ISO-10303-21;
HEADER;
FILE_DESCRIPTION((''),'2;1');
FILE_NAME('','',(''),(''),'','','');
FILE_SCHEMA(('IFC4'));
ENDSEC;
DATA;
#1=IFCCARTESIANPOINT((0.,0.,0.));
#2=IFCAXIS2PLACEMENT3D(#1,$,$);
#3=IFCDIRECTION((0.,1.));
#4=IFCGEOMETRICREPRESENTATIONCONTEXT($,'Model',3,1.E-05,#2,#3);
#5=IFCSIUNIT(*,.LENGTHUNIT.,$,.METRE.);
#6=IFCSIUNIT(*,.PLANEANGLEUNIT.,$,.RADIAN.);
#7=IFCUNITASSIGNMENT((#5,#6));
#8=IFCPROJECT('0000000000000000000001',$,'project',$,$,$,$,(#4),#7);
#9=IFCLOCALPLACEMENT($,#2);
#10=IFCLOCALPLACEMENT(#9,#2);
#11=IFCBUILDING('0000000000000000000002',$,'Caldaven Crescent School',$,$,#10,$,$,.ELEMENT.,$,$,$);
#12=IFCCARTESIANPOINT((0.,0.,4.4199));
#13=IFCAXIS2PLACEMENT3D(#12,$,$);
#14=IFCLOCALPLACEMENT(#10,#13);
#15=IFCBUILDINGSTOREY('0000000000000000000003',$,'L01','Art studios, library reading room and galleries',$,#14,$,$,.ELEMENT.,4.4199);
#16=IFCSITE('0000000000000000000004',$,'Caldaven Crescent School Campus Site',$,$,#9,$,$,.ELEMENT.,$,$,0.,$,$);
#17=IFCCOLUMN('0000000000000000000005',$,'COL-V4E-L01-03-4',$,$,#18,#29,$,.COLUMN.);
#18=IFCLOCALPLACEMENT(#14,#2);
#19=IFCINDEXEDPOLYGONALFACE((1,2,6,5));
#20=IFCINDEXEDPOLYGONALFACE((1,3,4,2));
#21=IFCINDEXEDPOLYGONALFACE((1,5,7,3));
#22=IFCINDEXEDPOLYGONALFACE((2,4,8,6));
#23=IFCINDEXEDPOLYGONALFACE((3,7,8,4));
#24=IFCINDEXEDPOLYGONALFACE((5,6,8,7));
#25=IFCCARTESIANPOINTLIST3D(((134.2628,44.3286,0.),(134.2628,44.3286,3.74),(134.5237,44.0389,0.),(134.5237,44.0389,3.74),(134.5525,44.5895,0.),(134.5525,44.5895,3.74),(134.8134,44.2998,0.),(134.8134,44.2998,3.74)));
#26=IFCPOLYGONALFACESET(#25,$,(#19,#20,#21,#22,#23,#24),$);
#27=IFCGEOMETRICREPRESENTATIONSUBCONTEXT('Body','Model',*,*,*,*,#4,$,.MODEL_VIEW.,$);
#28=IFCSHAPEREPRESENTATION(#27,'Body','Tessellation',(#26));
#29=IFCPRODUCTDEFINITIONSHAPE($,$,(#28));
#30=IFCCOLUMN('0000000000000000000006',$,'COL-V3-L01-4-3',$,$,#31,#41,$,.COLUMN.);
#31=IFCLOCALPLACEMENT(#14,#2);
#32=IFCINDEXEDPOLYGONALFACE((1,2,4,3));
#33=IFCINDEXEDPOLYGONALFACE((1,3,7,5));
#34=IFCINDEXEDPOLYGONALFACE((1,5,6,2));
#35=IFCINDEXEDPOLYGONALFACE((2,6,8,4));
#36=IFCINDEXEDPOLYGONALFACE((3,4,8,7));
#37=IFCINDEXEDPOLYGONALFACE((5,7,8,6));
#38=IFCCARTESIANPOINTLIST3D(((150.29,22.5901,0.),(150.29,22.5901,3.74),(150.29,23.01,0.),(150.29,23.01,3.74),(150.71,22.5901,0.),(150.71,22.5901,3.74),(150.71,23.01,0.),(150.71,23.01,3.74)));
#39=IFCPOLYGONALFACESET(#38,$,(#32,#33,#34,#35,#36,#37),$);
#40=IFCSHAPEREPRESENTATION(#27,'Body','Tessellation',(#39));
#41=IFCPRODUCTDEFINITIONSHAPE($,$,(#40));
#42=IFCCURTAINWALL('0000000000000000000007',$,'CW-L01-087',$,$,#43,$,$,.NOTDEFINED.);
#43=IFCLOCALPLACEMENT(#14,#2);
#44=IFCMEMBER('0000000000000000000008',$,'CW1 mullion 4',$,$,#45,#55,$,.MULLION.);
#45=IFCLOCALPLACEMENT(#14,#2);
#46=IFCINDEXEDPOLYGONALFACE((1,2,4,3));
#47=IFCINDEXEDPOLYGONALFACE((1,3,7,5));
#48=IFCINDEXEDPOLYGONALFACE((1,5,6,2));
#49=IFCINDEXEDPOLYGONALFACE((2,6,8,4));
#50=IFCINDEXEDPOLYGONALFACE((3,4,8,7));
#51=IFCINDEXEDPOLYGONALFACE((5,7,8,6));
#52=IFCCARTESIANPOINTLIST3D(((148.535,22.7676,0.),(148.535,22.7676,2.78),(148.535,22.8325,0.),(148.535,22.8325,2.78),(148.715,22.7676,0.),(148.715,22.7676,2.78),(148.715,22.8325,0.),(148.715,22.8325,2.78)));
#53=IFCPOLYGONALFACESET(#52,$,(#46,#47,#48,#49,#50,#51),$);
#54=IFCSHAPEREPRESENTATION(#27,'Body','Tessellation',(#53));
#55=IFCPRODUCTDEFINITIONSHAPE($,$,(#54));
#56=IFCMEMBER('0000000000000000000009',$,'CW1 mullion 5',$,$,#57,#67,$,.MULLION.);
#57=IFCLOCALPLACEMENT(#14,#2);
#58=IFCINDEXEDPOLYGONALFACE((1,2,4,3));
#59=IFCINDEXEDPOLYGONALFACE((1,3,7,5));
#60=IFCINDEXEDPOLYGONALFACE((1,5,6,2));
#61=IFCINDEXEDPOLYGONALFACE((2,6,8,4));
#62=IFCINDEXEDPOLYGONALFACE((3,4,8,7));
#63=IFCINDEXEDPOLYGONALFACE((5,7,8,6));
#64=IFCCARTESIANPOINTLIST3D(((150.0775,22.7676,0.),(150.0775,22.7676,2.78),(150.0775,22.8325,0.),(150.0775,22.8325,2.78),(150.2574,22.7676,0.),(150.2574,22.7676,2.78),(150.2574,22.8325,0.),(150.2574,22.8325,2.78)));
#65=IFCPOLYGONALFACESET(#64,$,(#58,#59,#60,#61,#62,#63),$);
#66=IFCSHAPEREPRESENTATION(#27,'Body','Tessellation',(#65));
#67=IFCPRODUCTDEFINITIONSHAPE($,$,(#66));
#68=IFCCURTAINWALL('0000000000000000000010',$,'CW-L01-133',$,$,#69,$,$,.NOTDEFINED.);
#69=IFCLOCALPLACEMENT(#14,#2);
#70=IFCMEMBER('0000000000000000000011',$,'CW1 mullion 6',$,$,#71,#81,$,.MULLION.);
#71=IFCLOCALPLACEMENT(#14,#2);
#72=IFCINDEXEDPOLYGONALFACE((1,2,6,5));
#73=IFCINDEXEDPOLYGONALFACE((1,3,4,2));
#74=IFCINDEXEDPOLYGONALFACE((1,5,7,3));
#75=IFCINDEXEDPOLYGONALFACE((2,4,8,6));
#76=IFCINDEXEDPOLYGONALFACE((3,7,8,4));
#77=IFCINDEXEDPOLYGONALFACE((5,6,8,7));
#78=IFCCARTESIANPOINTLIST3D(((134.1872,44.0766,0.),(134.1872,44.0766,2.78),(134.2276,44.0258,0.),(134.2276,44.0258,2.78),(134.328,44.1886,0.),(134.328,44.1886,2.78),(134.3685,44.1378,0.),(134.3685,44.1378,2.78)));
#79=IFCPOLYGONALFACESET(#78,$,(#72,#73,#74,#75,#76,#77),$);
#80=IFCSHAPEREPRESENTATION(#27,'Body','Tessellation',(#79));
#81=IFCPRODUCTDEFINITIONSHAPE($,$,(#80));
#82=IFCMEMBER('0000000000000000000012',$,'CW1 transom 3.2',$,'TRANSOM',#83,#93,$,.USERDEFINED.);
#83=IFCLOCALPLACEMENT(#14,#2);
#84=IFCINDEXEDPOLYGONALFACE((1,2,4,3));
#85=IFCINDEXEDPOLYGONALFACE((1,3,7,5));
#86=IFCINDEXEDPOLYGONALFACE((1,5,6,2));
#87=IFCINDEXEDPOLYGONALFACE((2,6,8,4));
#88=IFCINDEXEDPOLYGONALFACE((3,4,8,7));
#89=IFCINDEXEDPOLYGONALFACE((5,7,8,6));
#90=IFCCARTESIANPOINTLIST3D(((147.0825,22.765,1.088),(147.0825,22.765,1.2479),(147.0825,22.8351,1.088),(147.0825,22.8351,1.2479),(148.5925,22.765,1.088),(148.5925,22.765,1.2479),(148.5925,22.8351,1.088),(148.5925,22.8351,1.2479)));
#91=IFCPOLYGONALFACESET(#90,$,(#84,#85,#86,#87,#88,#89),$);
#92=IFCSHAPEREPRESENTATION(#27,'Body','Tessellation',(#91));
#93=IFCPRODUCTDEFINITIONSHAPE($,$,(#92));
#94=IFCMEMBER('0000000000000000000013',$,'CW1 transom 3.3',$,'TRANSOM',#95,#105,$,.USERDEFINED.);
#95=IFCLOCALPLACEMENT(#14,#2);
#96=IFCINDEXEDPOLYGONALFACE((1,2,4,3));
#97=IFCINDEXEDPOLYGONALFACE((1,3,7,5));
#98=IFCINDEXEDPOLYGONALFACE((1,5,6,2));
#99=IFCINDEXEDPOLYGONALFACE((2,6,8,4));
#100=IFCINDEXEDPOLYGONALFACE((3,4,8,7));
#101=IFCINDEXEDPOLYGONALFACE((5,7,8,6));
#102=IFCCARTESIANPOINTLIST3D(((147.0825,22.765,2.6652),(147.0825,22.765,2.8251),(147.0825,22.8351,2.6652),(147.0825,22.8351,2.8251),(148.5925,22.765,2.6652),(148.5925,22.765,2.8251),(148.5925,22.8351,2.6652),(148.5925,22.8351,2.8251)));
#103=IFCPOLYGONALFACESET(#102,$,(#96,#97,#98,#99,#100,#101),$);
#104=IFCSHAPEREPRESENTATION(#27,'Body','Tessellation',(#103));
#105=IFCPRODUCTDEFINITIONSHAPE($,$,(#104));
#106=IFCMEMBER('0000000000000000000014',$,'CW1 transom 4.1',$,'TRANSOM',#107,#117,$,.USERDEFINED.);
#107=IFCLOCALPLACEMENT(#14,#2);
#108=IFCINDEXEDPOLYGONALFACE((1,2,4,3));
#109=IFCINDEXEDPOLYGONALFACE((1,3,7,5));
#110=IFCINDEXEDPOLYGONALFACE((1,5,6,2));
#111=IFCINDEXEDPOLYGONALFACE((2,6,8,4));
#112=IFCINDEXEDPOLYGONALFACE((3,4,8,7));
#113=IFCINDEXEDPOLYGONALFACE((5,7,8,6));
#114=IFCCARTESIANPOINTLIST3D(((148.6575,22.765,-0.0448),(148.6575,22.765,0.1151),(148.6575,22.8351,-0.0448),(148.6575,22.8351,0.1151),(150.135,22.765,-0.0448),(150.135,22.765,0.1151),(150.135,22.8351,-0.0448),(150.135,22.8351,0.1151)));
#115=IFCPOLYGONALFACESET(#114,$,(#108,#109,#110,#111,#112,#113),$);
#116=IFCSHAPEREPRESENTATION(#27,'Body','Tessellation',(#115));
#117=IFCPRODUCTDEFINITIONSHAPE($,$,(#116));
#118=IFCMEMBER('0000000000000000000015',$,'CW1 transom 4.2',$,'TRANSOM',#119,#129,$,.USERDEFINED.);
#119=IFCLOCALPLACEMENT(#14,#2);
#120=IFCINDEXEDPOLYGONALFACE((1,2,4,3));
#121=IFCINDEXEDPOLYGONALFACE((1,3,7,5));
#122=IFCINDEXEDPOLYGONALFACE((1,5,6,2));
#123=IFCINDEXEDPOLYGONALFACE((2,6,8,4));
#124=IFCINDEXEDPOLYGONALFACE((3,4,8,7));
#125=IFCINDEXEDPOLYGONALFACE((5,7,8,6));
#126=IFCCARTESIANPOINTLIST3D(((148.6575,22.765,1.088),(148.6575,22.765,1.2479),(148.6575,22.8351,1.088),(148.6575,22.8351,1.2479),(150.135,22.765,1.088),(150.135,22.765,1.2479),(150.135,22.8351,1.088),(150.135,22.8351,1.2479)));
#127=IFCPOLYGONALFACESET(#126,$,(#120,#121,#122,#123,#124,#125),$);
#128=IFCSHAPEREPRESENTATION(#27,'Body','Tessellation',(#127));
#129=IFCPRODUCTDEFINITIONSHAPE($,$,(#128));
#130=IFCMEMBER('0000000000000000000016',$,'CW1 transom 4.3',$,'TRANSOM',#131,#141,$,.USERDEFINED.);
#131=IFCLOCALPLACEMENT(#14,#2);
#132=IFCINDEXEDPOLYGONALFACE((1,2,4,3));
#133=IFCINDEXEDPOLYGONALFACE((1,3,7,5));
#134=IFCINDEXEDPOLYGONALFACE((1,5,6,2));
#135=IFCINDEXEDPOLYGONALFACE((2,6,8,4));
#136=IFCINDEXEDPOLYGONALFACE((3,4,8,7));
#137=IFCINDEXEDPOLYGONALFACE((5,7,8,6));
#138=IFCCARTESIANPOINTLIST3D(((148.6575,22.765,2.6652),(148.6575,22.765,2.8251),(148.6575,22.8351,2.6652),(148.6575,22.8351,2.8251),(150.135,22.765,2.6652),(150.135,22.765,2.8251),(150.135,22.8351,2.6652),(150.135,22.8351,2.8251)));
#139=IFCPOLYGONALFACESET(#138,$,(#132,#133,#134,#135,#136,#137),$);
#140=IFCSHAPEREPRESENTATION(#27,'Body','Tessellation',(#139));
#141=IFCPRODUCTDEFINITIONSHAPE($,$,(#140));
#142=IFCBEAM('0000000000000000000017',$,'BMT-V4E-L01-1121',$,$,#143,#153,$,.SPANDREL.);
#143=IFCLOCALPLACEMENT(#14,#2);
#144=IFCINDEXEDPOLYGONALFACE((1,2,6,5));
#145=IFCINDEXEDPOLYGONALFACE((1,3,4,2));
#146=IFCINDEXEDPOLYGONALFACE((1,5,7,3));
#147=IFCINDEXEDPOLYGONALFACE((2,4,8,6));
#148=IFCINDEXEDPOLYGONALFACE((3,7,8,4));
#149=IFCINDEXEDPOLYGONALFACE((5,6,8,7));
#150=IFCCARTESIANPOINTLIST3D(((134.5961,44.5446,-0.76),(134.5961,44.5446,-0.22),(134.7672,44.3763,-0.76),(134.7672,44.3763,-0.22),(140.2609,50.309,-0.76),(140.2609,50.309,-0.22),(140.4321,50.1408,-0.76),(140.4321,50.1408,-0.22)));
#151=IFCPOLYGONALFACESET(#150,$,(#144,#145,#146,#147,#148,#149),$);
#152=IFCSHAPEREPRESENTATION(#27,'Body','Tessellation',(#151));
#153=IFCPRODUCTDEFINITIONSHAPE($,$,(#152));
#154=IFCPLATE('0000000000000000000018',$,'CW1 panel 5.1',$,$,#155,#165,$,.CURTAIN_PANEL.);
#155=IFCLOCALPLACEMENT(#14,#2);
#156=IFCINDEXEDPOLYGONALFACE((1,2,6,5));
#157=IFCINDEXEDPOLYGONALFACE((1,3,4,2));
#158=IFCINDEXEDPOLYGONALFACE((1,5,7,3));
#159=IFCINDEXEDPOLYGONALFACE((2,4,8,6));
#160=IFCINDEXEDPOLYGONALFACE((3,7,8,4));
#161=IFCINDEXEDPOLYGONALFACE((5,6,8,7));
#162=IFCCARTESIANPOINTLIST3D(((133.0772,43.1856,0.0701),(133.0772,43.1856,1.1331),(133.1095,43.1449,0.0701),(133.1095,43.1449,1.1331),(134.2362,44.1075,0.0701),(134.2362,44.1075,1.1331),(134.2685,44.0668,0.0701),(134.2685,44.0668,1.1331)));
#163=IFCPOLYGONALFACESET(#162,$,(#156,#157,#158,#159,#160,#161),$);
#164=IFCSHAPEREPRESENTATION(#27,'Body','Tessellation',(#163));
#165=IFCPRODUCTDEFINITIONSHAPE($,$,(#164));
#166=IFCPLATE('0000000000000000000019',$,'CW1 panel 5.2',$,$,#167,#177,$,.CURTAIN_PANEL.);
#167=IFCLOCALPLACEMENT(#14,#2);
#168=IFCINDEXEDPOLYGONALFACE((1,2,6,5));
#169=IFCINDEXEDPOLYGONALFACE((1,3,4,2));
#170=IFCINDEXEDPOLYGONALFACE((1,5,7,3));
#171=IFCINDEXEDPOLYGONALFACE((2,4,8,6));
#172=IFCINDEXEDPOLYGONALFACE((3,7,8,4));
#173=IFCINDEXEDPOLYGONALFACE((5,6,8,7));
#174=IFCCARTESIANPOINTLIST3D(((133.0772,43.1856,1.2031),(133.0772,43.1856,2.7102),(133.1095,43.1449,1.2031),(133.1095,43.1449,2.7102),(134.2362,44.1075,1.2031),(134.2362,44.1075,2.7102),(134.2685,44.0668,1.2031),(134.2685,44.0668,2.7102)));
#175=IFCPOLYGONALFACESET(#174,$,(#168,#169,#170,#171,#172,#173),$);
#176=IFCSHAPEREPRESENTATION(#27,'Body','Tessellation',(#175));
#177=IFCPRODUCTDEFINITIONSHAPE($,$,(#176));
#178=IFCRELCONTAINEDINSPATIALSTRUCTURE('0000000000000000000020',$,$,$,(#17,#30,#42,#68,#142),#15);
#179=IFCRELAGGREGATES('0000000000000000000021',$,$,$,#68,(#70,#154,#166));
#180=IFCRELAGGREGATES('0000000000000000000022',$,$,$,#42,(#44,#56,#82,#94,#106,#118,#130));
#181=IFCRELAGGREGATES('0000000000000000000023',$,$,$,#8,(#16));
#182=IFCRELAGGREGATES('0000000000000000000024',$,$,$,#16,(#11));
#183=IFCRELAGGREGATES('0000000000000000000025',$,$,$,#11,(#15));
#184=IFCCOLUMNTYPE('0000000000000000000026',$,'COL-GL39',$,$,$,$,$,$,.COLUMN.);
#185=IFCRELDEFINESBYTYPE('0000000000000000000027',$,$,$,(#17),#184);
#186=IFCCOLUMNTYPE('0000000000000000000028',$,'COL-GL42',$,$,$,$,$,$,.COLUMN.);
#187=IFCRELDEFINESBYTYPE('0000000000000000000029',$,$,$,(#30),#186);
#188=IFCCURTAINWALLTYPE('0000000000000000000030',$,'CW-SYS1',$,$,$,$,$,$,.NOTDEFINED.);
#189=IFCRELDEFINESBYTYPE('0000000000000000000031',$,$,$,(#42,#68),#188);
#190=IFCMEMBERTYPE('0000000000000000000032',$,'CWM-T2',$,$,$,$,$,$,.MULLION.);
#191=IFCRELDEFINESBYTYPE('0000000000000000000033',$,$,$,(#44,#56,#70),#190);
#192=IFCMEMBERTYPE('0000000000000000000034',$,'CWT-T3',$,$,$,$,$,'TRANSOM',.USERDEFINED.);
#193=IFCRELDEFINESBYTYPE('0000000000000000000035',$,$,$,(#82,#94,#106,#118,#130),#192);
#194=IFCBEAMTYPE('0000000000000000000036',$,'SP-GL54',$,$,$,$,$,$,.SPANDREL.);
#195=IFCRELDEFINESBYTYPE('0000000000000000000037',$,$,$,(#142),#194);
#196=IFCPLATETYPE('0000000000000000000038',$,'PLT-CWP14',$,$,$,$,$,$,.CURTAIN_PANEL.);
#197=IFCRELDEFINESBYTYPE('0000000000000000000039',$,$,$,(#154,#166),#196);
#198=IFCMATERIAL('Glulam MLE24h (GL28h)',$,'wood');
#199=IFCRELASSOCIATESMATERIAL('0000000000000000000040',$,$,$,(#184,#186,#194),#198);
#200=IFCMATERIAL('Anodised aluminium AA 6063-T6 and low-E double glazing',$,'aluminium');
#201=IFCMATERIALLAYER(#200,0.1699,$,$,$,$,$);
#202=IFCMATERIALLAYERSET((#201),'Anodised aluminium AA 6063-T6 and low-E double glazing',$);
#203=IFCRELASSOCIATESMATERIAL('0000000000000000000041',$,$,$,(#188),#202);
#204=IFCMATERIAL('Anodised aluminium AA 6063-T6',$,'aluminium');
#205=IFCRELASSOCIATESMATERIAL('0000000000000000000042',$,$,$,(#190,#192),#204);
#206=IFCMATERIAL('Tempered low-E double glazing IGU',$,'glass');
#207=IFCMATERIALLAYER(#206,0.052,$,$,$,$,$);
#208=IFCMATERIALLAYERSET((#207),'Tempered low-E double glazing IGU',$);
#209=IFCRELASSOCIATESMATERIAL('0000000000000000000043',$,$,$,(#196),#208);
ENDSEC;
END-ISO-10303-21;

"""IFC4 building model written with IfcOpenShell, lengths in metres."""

from ifc_helpers import new_model, si_unit, direction, frame, origin, origin_2d, place, context, subcontext, project, spatial, rectangle, extrude, material, layer, layer_set, material_profile, profile_set, type_object, element, aggregate, save


model = new_model("IFC4")

# Units and contexts
model_context = context("Model", 3, precision=1e-05, world=origin(), true_north=direction((0.0, 1.0)))
body_context = subcontext(model_context, "Body", "Model", "MODEL_VIEW")
ifc_project = project(units=[si_unit("LENGTHUNIT", "METRE"), si_unit("PLANEANGLEUNIT", "RADIAN")], contexts=[model_context])

# Site, building, storey
site_placement = place(None, origin())
site = spatial("IfcSite", under=ifc_project, at=site_placement, Name="Caldaven Crescent School Campus Site", CompositionType="ELEMENT", RefElevation=0.0)
building_placement = place(site_placement, origin())
building = spatial("IfcBuilding", under=site, at=building_placement, Name="Caldaven Crescent School", CompositionType="ELEMENT")
storey_placement = place(building_placement, frame((0.0, 0.0, 4.4199)))
storey = spatial("IfcBuildingStorey", under=building, at=storey_placement, Name="L01", Description="Art studios, library reading room and galleries", CompositionType="ELEMENT", Elevation=4.4199)

# Columns
ifc_material_1 = material(Name="Glulam MLE24h (GL28h)", Category="wood")
ifc_material_profile_1 = material_profile(ifc_material_1, rectangle(XDim=0.3899, YDim=0.3899, at=origin_2d()), Name="MLE 390x390")
ifc_profile_set_1 = profile_set([ifc_material_profile_1], Name="Glulam MLE24h (GL28h)")
column_type_1 = type_object("IfcColumnType", Name="COL-GL39", PredefinedType="COLUMN", material=ifc_profile_set_1)
column_1_placement = place(storey_placement, frame((134.5381, 44.3142, 0.0), z_axis=(0.0, 0.0, 1.0), x_axis=(0.669131, -0.743145, 0.0)))
element("IfcColumn", 1, at=column_1_placement, inside=storey, type_object=column_type_1, Name="COL-V4E-L01-03-4", PredefinedType="COLUMN", context=body_context, shape_type="SweptSolid", body=[
    extrude(rectangle(XDim=0.3899, YDim=0.3899, at=origin_2d()), origin(), (0.0, 0.0, 1.0), 3.74),
])
ifc_material_profile_2 = material_profile(ifc_material_1, rectangle(XDim=0.4199, YDim=0.4199, at=origin_2d()), Name="MLE 420x420")
ifc_profile_set_2 = profile_set([ifc_material_profile_2], Name="Glulam MLE24h (GL28h)")
column_type_2 = type_object("IfcColumnType", Name="COL-GL42", PredefinedType="COLUMN", material=ifc_profile_set_2)
column_2_placement = place(storey_placement, frame((150.5, 22.8, 0.0), z_axis=(0.0, 0.0, 1.0), x_axis=(1.0, 0.0, 0.0)))
element("IfcColumn", 2, at=column_2_placement, inside=storey, type_object=column_type_2, Name="COL-V3-L01-4-3", PredefinedType="COLUMN", context=body_context, shape_type="SweptSolid", body=[
    extrude(rectangle(XDim=0.4199, YDim=0.4199, at=origin_2d()), origin(), (0.0, 0.0, 1.0), 3.74),
])

# Curtain wall, members
ifc_material_2 = material(Name="Anodised aluminium AA 6063-T6 and low-E double glazing", Category="aluminium")
ifc_layer_1 = layer(ifc_material_2, 0.1699)
ifc_layer_set_1 = layer_set([ifc_layer_1], Name="Anodised aluminium AA 6063-T6 and low-E double glazing")
curtain_wall_type = type_object("IfcCurtainWallType", Name="CW-SYS1", PredefinedType="NOTDEFINED", material=ifc_layer_set_1)
curtain_wall_1_placement = place(storey_placement, origin())
curtain_wall_1 = element("IfcCurtainWall", 3, at=curtain_wall_1_placement, inside=storey, type_object=curtain_wall_type, Name="CW-L01-087", PredefinedType="NOTDEFINED")
ifc_material_3 = material(Name="Anodised aluminium AA 6063-T6", Category="aluminium")
ifc_material_profile_3 = material_profile(ifc_material_3, rectangle(XDim=0.0649, YDim=0.1799, at=origin_2d()), Name="CWM 65x180")
ifc_profile_set_3 = profile_set([ifc_material_profile_3], Name="Anodised aluminium AA 6063-T6")
member_type_1 = type_object("IfcMemberType", Name="CWM-T2", PredefinedType="MULLION", material=ifc_profile_set_3)
member_1_placement = place(storey_placement, frame((148.625, 22.8, 0.0), z_axis=(0.0, 0.0, 1.0), x_axis=(0.0, 1.0, 0.0)))
member_1 = element("IfcMember", 4, at=member_1_placement, type_object=member_type_1, Name="CW1 mullion 4", PredefinedType="MULLION", context=body_context, shape_type="SweptSolid", body=[
    extrude(rectangle(XDim=0.0649, YDim=0.1799, at=origin_2d()), origin(), (0.0, 0.0, 1.0), 2.78),
])
member_2_placement = place(storey_placement, frame((150.1675, 22.8, 0.0), z_axis=(0.0, 0.0, 1.0), x_axis=(0.0, 1.0, 0.0)))
member_2 = element("IfcMember", 5, at=member_2_placement, type_object=member_type_1, Name="CW1 mullion 5", PredefinedType="MULLION", context=body_context, shape_type="SweptSolid", body=[
    extrude(rectangle(XDim=0.0649, YDim=0.1799, at=origin_2d()), origin(), (0.0, 0.0, 1.0), 2.78),
])

# Curtain wall, member
curtain_wall_2_placement = place(storey_placement, origin())
curtain_wall_2 = element("IfcCurtainWall", 6, at=curtain_wall_2_placement, inside=storey, type_object=curtain_wall_type, Name="CW-L01-133", PredefinedType="NOTDEFINED")
member_3_placement = place(storey_placement, frame((134.2778, 44.1072, 0.0), z_axis=(0.0, 0.0, 1.0), x_axis=(-0.622514, 0.782608, 0.0)))
member_3 = element("IfcMember", 7, at=member_3_placement, type_object=member_type_1, Name="CW1 mullion 6", PredefinedType="MULLION", context=body_context, shape_type="SweptSolid", body=[
    extrude(rectangle(XDim=0.0649, YDim=0.1799, at=origin_2d()), origin(), (0.0, 0.0, 1.0), 2.78),
])

# Members
ifc_material_profile_4 = material_profile(ifc_material_3, rectangle(XDim=0.0701, YDim=0.1599, at=origin_2d()), Name="CWT 70x160")
ifc_profile_set_4 = profile_set([ifc_material_profile_4], Name="Anodised aluminium AA 6063-T6")
member_type_2 = type_object("IfcMemberType", Name="CWT-T3", ElementType="TRANSOM", PredefinedType="USERDEFINED", material=ifc_profile_set_4)
member_4_placement = place(storey_placement, frame((147.0825, 22.8, 1.168), z_axis=(1.0, 0.0, 0.0), x_axis=(0.0, 1.0, 0.0)))
member_4 = element("IfcMember", 8, at=member_4_placement, type_object=member_type_2, Name="CW1 transom 3.2", ObjectType="TRANSOM", PredefinedType="USERDEFINED", context=body_context, shape_type="SweptSolid", body=[
    extrude(rectangle(XDim=0.0701, YDim=0.1599, at=origin_2d()), origin(), (0.0, 0.0, 1.0), 1.51),
])
member_5_placement = place(storey_placement, frame((147.0825, 22.8, 2.7451), z_axis=(1.0, 0.0, 0.0), x_axis=(0.0, 1.0, 0.0)))
member_5 = element("IfcMember", 9, at=member_5_placement, type_object=member_type_2, Name="CW1 transom 3.3", ObjectType="TRANSOM", PredefinedType="USERDEFINED", context=body_context, shape_type="SweptSolid", body=[
    extrude(rectangle(XDim=0.0701, YDim=0.1599, at=origin_2d()), origin(), (0.0, 0.0, 1.0), 1.51),
])
member_6_placement = place(storey_placement, frame((148.6575, 22.8, 0.0352), z_axis=(1.0, 0.0, 0.0), x_axis=(0.0, 1.0, 0.0)))
member_6 = element("IfcMember", 10, at=member_6_placement, type_object=member_type_2, Name="CW1 transom 4.1", ObjectType="TRANSOM", PredefinedType="USERDEFINED", context=body_context, shape_type="SweptSolid", body=[
    extrude(rectangle(XDim=0.0701, YDim=0.1599, at=origin_2d()), origin(), (0.0, 0.0, 1.0), 1.4775),
])
member_7_placement = place(storey_placement, frame((148.6575, 22.8, 1.168), z_axis=(1.0, 0.0, 0.0), x_axis=(0.0, 1.0, 0.0)))
member_7 = element("IfcMember", 11, at=member_7_placement, type_object=member_type_2, Name="CW1 transom 4.2", ObjectType="TRANSOM", PredefinedType="USERDEFINED", context=body_context, shape_type="SweptSolid", body=[
    extrude(rectangle(XDim=0.0701, YDim=0.1599, at=origin_2d()), origin(), (0.0, 0.0, 1.0), 1.4775),
])
member_8_placement = place(storey_placement, frame((148.6575, 22.8, 2.7451), z_axis=(1.0, 0.0, 0.0), x_axis=(0.0, 1.0, 0.0)))
member_8 = element("IfcMember", 12, at=member_8_placement, type_object=member_type_2, Name="CW1 transom 4.3", ObjectType="TRANSOM", PredefinedType="USERDEFINED", context=body_context, shape_type="SweptSolid", body=[
    extrude(rectangle(XDim=0.0701, YDim=0.1599, at=origin_2d()), origin(), (0.0, 0.0, 1.0), 1.4775),
])

# Beam
ifc_material_profile_5 = material_profile(ifc_material_1, rectangle(XDim=0.24, YDim=0.54, at=origin_2d()), Name="MLE 240x540")
ifc_profile_set_5 = profile_set([ifc_material_profile_5], Name="Glulam MLE24h (GL28h)")
beam_type = type_object("IfcBeamType", Name="SP-GL54", PredefinedType="SPANDREL", material=ifc_profile_set_5)
beam_placement = place(storey_placement, frame((134.6816, 44.4604, -0.49), z_axis=(0.700917, 0.713242, 0.0), x_axis=(-0.713242, 0.700917, 0.0)))
element("IfcBeam", 13, at=beam_placement, inside=storey, type_object=beam_type, Name="BMT-V4E-L01-1121", PredefinedType="SPANDREL", context=body_context, shape_type="SweptSolid", body=[
    extrude(rectangle(XDim=0.24, YDim=0.54, at=origin_2d()), origin(), (0.0, 0.0, 1.0), 8.082),
])

# Plates
ifc_material_4 = material(Name="Tempered low-E double glazing IGU", Category="glass")
ifc_layer_2 = layer(ifc_material_4, 0.052)
ifc_layer_set_2 = layer_set([ifc_layer_2], Name="Tempered low-E double glazing IGU")
plate_type_1 = type_object("IfcPlateType", Name="PLT-CWP14", PredefinedType="CURTAIN_PANEL", material=ifc_layer_set_2)
plate_1_placement = place(storey_placement, frame((133.6729, 43.6262, 0.0701), z_axis=(0.0, 0.0, 1.0), x_axis=(0.782608, 0.622514, 0.0)))
plate_1 = element("IfcPlate", 14, at=plate_1_placement, type_object=plate_type_1, Name="CW1 panel 5.1", PredefinedType="CURTAIN_PANEL", context=body_context, shape_type="SweptSolid", body=[
    extrude(rectangle(XDim=1.481, YDim=0.052, at=origin_2d()), origin(), (0.0, 0.0, 1.0), 1.063),
])
plate_2_placement = place(storey_placement, frame((133.6729, 43.6262, 1.2031), z_axis=(0.0, 0.0, 1.0), x_axis=(0.782608, 0.622514, 0.0)))
plate_2 = element("IfcPlate", 15, at=plate_2_placement, type_object=plate_type_1, Name="CW1 panel 5.2", PredefinedType="CURTAIN_PANEL", context=body_context, shape_type="SweptSolid", body=[
    extrude(rectangle(XDim=1.481, YDim=0.052, at=origin_2d()), origin(), (0.0, 0.0, 1.0), 1.5071),
])
aggregate(curtain_wall_2, [member_3, plate_1, plate_2])
aggregate(curtain_wall_1, [member_1, member_2, member_4, member_5, member_6, member_7, member_8])

save(model, "model.ifc")
